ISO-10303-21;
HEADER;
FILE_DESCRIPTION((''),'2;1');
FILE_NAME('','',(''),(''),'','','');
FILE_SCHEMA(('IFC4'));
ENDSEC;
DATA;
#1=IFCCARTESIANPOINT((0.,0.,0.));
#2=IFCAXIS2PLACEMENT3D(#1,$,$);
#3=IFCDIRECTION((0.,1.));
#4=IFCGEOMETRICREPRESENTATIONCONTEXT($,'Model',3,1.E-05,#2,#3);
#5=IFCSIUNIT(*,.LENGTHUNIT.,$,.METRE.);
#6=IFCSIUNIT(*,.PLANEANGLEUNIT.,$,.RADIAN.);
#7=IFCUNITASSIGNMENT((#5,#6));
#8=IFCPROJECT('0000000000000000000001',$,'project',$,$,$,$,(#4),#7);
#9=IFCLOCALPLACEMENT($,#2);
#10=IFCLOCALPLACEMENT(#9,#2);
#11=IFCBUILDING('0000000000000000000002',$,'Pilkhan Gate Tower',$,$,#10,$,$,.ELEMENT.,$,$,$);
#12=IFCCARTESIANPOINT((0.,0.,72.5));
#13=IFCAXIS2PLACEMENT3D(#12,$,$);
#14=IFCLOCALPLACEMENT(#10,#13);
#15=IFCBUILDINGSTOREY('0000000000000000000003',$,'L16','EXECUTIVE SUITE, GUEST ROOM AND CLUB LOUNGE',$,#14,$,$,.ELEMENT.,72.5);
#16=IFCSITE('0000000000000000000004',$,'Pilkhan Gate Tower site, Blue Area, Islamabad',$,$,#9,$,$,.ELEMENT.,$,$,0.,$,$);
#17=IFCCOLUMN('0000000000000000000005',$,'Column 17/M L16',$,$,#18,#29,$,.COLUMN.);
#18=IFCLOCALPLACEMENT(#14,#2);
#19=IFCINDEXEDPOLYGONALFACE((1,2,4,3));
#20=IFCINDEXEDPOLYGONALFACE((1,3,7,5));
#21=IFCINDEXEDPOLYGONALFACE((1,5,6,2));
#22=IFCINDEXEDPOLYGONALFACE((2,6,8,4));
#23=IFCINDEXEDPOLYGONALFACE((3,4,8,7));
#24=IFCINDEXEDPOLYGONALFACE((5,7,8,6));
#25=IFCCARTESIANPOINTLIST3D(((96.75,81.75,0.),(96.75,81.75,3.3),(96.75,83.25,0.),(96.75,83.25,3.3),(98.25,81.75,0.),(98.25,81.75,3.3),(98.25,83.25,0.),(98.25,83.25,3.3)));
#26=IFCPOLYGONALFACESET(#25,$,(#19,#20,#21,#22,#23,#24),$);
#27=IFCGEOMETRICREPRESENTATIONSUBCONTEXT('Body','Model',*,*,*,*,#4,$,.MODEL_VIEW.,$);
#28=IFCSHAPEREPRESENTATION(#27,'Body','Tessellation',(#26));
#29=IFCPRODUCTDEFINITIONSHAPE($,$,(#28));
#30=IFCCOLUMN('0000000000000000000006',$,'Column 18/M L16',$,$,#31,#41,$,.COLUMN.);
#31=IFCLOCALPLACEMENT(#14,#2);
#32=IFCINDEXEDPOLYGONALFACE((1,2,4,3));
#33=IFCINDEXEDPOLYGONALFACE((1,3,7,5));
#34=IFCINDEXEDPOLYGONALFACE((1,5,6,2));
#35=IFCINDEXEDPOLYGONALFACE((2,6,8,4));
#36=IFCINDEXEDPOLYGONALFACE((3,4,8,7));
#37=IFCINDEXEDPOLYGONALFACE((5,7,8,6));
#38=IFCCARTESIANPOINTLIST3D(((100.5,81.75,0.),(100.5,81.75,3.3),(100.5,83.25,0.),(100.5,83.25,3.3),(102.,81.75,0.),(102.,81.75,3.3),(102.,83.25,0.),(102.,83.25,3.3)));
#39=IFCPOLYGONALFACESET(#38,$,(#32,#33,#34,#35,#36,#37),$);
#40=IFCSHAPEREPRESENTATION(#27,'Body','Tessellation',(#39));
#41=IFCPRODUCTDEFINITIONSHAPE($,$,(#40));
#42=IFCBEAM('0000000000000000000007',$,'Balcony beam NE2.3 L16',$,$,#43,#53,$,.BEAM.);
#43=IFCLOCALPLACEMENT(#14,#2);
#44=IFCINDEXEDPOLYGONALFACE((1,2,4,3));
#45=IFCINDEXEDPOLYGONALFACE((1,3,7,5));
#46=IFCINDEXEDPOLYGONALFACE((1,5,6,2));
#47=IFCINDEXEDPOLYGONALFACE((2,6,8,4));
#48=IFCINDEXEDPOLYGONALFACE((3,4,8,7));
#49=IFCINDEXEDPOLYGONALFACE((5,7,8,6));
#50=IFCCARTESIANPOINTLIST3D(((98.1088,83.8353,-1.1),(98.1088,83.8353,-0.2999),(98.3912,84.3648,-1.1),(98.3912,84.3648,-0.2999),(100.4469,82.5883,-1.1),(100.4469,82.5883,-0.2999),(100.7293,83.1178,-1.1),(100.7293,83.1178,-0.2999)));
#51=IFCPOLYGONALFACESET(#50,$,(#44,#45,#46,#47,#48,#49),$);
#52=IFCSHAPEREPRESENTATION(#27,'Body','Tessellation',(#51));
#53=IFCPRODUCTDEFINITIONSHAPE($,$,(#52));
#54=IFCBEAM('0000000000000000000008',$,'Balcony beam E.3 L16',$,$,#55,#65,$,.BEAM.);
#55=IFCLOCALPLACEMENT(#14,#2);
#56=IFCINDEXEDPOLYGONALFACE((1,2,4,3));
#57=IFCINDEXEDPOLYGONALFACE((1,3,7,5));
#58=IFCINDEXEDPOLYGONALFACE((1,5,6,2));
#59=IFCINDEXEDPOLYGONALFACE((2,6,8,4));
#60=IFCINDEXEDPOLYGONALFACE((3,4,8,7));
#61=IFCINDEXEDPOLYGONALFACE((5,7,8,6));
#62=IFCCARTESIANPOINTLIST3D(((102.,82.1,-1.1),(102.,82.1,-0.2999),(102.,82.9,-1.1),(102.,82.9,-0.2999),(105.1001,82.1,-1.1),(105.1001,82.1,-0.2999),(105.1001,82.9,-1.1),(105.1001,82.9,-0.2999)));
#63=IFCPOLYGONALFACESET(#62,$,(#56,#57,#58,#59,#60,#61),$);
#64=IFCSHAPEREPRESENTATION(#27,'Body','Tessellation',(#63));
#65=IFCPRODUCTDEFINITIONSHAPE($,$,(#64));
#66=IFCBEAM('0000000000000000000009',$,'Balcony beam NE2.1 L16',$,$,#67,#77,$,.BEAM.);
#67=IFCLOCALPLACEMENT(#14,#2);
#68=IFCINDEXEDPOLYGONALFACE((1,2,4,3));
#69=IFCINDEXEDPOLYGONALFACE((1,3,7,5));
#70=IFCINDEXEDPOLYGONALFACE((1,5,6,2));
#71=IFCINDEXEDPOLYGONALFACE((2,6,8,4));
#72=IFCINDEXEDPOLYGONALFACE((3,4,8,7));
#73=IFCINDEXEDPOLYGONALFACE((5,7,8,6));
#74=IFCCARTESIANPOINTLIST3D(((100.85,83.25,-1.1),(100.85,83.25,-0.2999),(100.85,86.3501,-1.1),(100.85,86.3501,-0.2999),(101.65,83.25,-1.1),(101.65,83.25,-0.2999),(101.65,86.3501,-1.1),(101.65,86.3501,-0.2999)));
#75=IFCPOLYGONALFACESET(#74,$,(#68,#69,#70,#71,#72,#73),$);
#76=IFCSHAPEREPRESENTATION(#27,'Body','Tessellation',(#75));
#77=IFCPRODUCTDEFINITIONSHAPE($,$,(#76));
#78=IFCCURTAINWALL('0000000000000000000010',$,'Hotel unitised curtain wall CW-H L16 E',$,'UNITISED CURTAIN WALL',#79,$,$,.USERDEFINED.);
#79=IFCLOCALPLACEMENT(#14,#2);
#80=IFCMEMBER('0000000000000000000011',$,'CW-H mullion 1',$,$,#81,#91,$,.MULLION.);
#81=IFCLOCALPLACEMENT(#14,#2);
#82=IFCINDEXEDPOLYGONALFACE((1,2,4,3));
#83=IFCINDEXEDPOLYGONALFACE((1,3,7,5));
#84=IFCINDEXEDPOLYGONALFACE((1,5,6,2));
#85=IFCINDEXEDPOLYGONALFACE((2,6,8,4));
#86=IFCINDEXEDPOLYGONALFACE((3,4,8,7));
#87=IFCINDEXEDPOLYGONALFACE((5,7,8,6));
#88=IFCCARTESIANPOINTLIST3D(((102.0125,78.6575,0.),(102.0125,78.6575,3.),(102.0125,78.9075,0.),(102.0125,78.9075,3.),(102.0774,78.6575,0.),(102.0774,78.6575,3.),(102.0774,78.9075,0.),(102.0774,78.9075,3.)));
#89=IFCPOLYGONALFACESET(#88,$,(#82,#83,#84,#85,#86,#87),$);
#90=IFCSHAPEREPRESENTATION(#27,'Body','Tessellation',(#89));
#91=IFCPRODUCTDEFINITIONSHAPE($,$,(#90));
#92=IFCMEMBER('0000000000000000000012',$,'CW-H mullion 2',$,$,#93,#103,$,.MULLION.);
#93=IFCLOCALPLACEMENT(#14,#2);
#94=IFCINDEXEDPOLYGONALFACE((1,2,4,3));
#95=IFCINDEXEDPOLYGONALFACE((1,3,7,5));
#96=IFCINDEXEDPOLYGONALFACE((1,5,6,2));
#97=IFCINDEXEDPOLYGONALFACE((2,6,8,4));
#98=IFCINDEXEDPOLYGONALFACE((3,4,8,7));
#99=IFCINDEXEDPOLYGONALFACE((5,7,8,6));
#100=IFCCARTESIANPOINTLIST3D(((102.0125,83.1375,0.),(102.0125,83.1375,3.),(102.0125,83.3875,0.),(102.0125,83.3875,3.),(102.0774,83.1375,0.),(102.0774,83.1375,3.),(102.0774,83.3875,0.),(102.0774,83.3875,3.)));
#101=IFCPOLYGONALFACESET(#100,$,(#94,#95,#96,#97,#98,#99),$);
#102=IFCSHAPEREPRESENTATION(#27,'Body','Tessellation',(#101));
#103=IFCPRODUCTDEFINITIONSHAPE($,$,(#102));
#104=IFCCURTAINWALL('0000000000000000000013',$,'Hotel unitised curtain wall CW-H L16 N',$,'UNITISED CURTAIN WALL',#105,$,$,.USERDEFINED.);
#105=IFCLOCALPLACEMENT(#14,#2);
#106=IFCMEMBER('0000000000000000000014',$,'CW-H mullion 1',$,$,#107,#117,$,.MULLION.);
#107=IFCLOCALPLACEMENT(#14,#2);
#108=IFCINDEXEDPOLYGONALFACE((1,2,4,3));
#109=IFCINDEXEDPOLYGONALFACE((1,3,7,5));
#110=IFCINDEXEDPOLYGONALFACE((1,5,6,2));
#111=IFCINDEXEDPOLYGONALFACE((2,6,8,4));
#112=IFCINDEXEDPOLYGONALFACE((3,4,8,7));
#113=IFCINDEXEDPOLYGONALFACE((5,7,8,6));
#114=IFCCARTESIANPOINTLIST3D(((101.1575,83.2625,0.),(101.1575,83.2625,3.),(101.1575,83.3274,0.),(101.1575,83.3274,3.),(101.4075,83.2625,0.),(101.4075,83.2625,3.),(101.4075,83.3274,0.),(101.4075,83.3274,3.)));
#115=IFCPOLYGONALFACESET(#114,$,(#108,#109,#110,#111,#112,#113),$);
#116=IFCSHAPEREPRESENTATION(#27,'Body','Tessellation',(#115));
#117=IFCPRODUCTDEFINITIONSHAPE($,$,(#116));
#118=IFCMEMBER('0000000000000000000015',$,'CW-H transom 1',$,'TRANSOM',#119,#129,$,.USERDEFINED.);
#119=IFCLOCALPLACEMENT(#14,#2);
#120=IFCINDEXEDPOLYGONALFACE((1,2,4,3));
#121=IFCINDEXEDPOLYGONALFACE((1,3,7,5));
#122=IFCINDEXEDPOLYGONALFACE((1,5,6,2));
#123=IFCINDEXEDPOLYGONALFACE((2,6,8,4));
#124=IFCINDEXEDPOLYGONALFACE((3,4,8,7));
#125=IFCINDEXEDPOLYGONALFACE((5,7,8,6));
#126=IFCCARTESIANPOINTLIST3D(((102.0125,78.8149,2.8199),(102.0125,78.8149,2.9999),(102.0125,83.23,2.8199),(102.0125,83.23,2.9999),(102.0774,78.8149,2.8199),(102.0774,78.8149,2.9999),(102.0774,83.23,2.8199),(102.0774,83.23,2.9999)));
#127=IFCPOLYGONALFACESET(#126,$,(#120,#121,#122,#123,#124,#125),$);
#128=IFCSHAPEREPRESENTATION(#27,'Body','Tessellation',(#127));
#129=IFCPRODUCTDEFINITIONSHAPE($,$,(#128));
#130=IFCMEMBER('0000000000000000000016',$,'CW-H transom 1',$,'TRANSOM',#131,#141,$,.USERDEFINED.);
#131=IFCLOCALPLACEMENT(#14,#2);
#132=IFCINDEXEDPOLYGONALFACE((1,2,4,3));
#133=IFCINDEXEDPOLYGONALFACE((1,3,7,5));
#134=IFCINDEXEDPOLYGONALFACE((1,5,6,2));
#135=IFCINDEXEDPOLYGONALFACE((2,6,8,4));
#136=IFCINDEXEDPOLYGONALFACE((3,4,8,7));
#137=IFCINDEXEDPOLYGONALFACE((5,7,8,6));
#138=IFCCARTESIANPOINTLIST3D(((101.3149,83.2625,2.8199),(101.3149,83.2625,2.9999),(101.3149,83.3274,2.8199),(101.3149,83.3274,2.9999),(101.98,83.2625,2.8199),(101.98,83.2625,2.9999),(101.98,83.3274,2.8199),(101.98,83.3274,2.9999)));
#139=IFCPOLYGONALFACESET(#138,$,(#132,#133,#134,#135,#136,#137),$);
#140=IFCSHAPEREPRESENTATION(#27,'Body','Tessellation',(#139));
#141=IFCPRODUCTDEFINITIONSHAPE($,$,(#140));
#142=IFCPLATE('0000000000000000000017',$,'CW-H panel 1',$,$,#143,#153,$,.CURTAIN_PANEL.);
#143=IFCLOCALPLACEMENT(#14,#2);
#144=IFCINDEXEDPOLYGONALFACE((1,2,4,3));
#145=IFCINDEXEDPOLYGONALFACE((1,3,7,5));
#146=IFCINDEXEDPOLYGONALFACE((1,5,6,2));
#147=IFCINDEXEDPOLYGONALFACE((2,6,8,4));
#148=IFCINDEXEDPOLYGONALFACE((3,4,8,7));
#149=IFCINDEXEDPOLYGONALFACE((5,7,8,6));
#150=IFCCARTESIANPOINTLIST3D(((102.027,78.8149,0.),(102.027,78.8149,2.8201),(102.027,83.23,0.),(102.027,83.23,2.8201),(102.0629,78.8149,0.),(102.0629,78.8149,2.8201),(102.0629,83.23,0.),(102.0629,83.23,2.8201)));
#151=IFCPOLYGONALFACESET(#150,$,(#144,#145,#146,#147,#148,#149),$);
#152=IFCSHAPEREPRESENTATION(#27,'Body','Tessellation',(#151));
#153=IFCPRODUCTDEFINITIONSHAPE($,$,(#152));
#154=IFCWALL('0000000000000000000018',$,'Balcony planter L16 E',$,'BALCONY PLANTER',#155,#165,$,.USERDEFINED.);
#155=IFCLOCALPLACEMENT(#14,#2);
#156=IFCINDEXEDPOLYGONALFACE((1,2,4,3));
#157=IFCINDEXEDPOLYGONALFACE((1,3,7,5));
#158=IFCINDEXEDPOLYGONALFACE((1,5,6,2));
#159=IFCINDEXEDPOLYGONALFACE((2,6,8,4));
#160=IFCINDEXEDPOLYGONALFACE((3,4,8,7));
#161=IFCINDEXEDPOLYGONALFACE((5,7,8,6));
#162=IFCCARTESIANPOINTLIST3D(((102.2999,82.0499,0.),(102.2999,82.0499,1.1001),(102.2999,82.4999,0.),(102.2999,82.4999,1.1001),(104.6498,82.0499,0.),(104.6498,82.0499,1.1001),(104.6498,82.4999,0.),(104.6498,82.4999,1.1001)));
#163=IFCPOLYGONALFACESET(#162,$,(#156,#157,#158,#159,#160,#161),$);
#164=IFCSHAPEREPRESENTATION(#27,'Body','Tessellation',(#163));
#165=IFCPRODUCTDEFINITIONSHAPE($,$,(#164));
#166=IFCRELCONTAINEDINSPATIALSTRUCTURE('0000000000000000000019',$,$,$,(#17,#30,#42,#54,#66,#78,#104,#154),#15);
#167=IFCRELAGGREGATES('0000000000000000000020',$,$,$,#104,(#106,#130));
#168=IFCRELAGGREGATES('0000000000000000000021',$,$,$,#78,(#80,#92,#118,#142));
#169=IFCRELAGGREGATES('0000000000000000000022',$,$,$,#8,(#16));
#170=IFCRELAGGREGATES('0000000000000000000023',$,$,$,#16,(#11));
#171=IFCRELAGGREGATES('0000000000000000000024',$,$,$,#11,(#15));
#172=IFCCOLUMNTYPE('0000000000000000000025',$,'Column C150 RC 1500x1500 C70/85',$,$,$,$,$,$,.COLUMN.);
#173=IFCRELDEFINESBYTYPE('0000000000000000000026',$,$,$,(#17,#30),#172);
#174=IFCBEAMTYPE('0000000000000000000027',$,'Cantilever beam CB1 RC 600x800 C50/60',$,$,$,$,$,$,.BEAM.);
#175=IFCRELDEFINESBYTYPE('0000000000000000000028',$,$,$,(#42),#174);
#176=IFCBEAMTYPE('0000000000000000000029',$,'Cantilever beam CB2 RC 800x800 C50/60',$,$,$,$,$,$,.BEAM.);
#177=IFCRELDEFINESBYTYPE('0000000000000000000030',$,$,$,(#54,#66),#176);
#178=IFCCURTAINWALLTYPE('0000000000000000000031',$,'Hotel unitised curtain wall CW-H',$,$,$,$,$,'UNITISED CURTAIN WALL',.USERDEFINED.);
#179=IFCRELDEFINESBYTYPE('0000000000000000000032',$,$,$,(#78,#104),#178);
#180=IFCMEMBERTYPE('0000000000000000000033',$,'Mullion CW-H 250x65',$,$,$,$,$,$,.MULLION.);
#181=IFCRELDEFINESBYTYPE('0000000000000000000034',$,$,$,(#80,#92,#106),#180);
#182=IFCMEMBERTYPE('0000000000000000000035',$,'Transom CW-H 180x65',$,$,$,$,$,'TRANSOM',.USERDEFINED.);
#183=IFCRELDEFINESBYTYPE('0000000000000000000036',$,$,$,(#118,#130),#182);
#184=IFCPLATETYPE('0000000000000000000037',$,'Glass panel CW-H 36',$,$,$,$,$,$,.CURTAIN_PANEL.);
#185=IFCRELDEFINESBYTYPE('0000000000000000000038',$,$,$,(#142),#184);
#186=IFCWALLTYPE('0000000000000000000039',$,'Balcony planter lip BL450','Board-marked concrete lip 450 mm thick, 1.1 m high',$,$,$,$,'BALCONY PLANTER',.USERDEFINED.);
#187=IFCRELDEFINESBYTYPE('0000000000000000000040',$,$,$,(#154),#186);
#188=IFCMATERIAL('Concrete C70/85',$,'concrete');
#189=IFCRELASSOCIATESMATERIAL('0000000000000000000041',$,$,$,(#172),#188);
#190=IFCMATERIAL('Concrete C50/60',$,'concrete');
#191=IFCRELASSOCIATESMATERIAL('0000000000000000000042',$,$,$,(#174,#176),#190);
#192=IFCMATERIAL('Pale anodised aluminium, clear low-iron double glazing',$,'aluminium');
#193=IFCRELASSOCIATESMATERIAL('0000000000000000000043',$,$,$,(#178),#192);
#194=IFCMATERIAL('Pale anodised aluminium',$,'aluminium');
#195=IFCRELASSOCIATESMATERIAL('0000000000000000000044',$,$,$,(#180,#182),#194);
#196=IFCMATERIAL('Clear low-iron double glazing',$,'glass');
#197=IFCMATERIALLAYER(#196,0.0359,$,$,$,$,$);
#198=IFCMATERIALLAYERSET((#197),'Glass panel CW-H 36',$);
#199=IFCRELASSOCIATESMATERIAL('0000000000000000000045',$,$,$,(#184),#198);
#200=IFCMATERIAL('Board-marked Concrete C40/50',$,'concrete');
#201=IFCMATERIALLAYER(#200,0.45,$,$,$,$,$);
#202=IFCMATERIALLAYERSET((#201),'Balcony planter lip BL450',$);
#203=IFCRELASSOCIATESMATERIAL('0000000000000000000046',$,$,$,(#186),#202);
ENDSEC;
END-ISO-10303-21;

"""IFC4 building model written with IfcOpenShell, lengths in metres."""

from ifc_helpers import new_model, si_unit, direction, frame, frame_2d, origin, origin_2d, place, context, subcontext, project, spatial, rectangle, extrude, material, layer, layer_set, material_profile, profile_set, type_object, element, aggregate, save


model = new_model("IFC4")

# Units and contexts
model_context = context("Model", 3, precision=1e-05, world=origin(), true_north=direction((0.0, 1.0)))
body_context = subcontext(model_context, "Body", "Model", "MODEL_VIEW")
ifc_project = project(units=[si_unit("LENGTHUNIT", "METRE"), si_unit("PLANEANGLEUNIT", "RADIAN")], contexts=[model_context])

# Site, building, storey
site_placement = place(None, origin())
site = spatial("IfcSite", under=ifc_project, at=site_placement, Name="Pilkhan Gate Tower site, Blue Area, Islamabad", CompositionType="ELEMENT", RefElevation=0.0)
building_placement = place(site_placement, origin())
building = spatial("IfcBuilding", under=site, at=building_placement, Name="Pilkhan Gate Tower", CompositionType="ELEMENT")
storey_placement = place(building_placement, frame((0.0, 0.0, 72.5)))
storey = spatial("IfcBuildingStorey", under=building, at=storey_placement, Name="L16", Description="EXECUTIVE SUITE, GUEST ROOM AND CLUB LOUNGE", CompositionType="ELEMENT", Elevation=72.5)

# Columns
ifc_material_1 = material(Name="Concrete C70/85", Category="concrete")
ifc_material_profile_1 = material_profile(ifc_material_1, rectangle(XDim=1.5, YDim=1.5, at=origin_2d()), Name="RC 1500x1500")
ifc_profile_set_1 = profile_set([ifc_material_profile_1], Name="Concrete C70/85")
column_type = type_object("IfcColumnType", Name="Column C150 RC 1500x1500 C70/85", PredefinedType="COLUMN", material=ifc_profile_set_1)
for number, where, z_axis, x_axis, name in (
    (1, (97.5, 82.5, 0.0), (0.0, 0.0, 1.0), (1.0, 0.0, 0.0), "Column 17/M L16"),
    (2, (101.25, 82.5, 0.0), (0.0, 0.0, 1.0), (1.0, 0.0, 0.0), "Column 18/M L16"),
):
    element("IfcColumn", number, at=place(storey_placement, frame(where, z_axis=z_axis, x_axis=x_axis)), inside=storey, type_object=column_type, Name=name, PredefinedType="COLUMN", context=body_context, shape_type="SweptSolid", body=[
        extrude(rectangle(XDim=1.5, YDim=1.5, at=origin_2d()), origin(), (0.0, 0.0, 1.0), 3.3),
    ])

# Beams
ifc_material_2 = material(Name="Concrete C50/60", Category="concrete")
ifc_material_profile_2 = material_profile(ifc_material_2, rectangle(XDim=0.6001, YDim=0.8, at=origin_2d()), Name="RC 600x800")
ifc_profile_set_2 = profile_set([ifc_material_profile_2], Name="Concrete C50/60")
beam_type_1 = type_object("IfcBeamType", Name="Cantilever beam CB1 RC 600x800 C50/60", PredefinedType="BEAM", material=ifc_profile_set_2)
beam_placement = place(storey_placement, frame((100.5881, 82.853, -0.7), z_axis=(-0.882343, 0.470607, 0.0), x_axis=(-0.470607, -0.882343, 0.0)))
element("IfcBeam", 3, at=beam_placement, inside=storey, type_object=beam_type_1, Name="Balcony beam NE2.3 L16", PredefinedType="BEAM", context=body_context, shape_type="SweptSolid", body=[
    extrude(rectangle(XDim=0.6001, YDim=0.8, at=origin_2d()), origin(), (0.0, 0.0, 1.0), 2.6499),
])
ifc_material_profile_3 = material_profile(ifc_material_2, rectangle(XDim=0.8, YDim=0.8, at=origin_2d()), Name="RC 800x800")
ifc_profile_set_3 = profile_set([ifc_material_profile_3], Name="Concrete C50/60")
beam_type_2 = type_object("IfcBeamType", Name="Cantilever beam CB2 RC 800x800 C50/60", PredefinedType="BEAM", material=ifc_profile_set_3)
for number, where, z_axis, x_axis, name in (
    (4, (102.0, 82.5, -0.7), (1.0, 0.0, 0.0), (0.0, 1.0, 0.0), "Balcony beam E.3 L16"),
    (5, (101.25, 83.25, -0.7), (0.0, 1.0, 0.0), (-1.0, 0.0, 0.0), "Balcony beam NE2.1 L16"),
):
    element("IfcBeam", number, at=place(storey_placement, frame(where, z_axis=z_axis, x_axis=x_axis)), inside=storey, type_object=beam_type_2, Name=name, PredefinedType="BEAM", context=body_context, shape_type="SweptSolid", body=[
        extrude(rectangle(XDim=0.8, YDim=0.8, at=origin_2d()), origin(), (0.0, 0.0, 1.0), 3.1001),
    ])

# Curtain wall, members
ifc_material_3 = material(Name="Pale anodised aluminium, clear low-iron double glazing", Category="aluminium")
curtain_wall_type = type_object("IfcCurtainWallType", Name="Hotel unitised curtain wall CW-H", ElementType="UNITISED CURTAIN WALL", PredefinedType="USERDEFINED", material=ifc_material_3)
curtain_wall_1_placement = place(storey_placement, origin())
curtain_wall_1 = element("IfcCurtainWall", 6, at=curtain_wall_1_placement, inside=storey, type_object=curtain_wall_type, Name="Hotel unitised curtain wall CW-H L16 E", ObjectType="UNITISED CURTAIN WALL", PredefinedType="USERDEFINED")
ifc_material_4 = material(Name="Pale anodised aluminium", Category="aluminium")
ifc_material_profile_4 = material_profile(ifc_material_4, rectangle(XDim=0.0649, YDim=0.25, at=origin_2d()), Name="Mullion 250x65")
ifc_profile_set_4 = profile_set([ifc_material_profile_4], Name="Pale anodised aluminium")
member_type_1 = type_object("IfcMemberType", Name="Mullion CW-H 250x65", PredefinedType="MULLION", material=ifc_profile_set_4)
member_1_placement = place(storey_placement, frame((102.0449, 78.7825, 0.0), z_axis=(0.0, 0.0, 1.0), x_axis=(-1.0, 0.0, 0.0)))
member_1 = element("IfcMember", 7, at=member_1_placement, type_object=member_type_1, Name="CW-H mullion 1", PredefinedType="MULLION", context=body_context, shape_type="SweptSolid", body=[
    extrude(rectangle(XDim=0.0649, YDim=0.25, at=origin_2d()), origin(), (0.0, 0.0, 1.0), 3.0),
])
member_2_placement = place(storey_placement, frame((102.0449, 83.2625, 0.0), z_axis=(0.0, 0.0, 1.0), x_axis=(-1.0, 0.0, 0.0)))
member_2 = element("IfcMember", 8, at=member_2_placement, type_object=member_type_1, Name="CW-H mullion 2", PredefinedType="MULLION", context=body_context, shape_type="SweptSolid", body=[
    extrude(rectangle(XDim=0.0649, YDim=0.25, at=origin_2d()), origin(), (0.0, 0.0, 1.0), 3.0),
])

# Curtain wall, member
curtain_wall_2_placement = place(storey_placement, origin())
curtain_wall_2 = element("IfcCurtainWall", 9, at=curtain_wall_2_placement, inside=storey, type_object=curtain_wall_type, Name="Hotel unitised curtain wall CW-H L16 N", ObjectType="UNITISED CURTAIN WALL", PredefinedType="USERDEFINED")
member_3_placement = place(storey_placement, frame((101.2825, 83.2949, 0.0), z_axis=(0.0, 0.0, 1.0), x_axis=(0.0, 1.0, 0.0)))
member_3 = element("IfcMember", 10, at=member_3_placement, type_object=member_type_1, Name="CW-H mullion 1", PredefinedType="MULLION", context=body_context, shape_type="SweptSolid", body=[
    extrude(rectangle(XDim=0.0649, YDim=0.25, at=origin_2d()), origin(), (0.0, 0.0, 1.0), 3.0),
])

# Members
ifc_material_profile_5 = material_profile(ifc_material_4, rectangle(XDim=0.0649, YDim=0.1799, at=origin_2d()), Name="Transom 180x65")
ifc_profile_set_5 = profile_set([ifc_material_profile_5], Name="Pale anodised aluminium")
member_type_2 = type_object("IfcMemberType", Name="Transom CW-H 180x65", ElementType="TRANSOM", PredefinedType="USERDEFINED", material=ifc_profile_set_5)
member_4_placement = place(storey_placement, frame((102.0449, 78.8149, 2.9099), z_axis=(0.0, 1.0, 0.0), x_axis=(-1.0, 0.0, 0.0)))
member_4 = element("IfcMember", 11, at=member_4_placement, type_object=member_type_2, Name="CW-H transom 1", ObjectType="TRANSOM", PredefinedType="USERDEFINED", context=body_context, shape_type="SweptSolid", body=[
    extrude(rectangle(XDim=0.0649, YDim=0.1799, at=origin_2d()), origin(), (0.0, 0.0, 1.0), 4.415),
])
member_5_placement = place(storey_placement, frame((101.3149, 83.2949, 2.9099), z_axis=(1.0, 0.0, 0.0), x_axis=(0.0, 1.0, 0.0)))
member_5 = element("IfcMember", 12, at=member_5_placement, type_object=member_type_2, Name="CW-H transom 1", ObjectType="TRANSOM", PredefinedType="USERDEFINED", context=body_context, shape_type="SweptSolid", body=[
    extrude(rectangle(XDim=0.0649, YDim=0.1799, at=origin_2d()), origin(), (0.0, 0.0, 1.0), 0.665),
])
aggregate(curtain_wall_2, [member_3, member_5])

# Plate
ifc_material_5 = material(Name="Clear low-iron double glazing", Category="glass")
ifc_layer_1 = layer(ifc_material_5, 0.0359)
ifc_layer_set_1 = layer_set([ifc_layer_1], Name="Glass panel CW-H 36")
plate_type = type_object("IfcPlateType", Name="Glass panel CW-H 36", PredefinedType="CURTAIN_PANEL", material=ifc_layer_set_1)
plate_placement = place(storey_placement, frame((102.0449, 81.0225, 0.0), z_axis=(0.0, 0.0, 1.0), x_axis=(0.0, 1.0, 0.0)))
plate = element("IfcPlate", 13, at=plate_placement, type_object=plate_type, Name="CW-H panel 1", PredefinedType="CURTAIN_PANEL", context=body_context, shape_type="SweptSolid", body=[
    extrude(rectangle(XDim=4.415, YDim=0.0359, at=origin_2d()), origin(), (0.0, 0.0, 1.0), 2.8201),
])
aggregate(curtain_wall_1, [member_1, member_2, member_4, plate])

# Wall
ifc_material_6 = material(Name="Board-marked Concrete C40/50", Category="concrete")
ifc_layer_2 = layer(ifc_material_6, 0.45)
ifc_layer_set_2 = layer_set([ifc_layer_2], Name="Balcony planter lip BL450")
wall_type_1 = type_object("IfcWallType", Name="Balcony planter lip BL450", Description="Board-marked concrete lip 450 mm thick, 1.1 m high", ElementType="BALCONY PLANTER", PredefinedType="USERDEFINED", material=ifc_layer_set_2)
wall_1_placement = place(storey_placement, frame((102.3, 82.2749, 0.0), z_axis=(0.0, 0.0, 1.0), x_axis=(1.0, 0.0, 0.0)))
element("IfcWall", 14, at=wall_1_placement, inside=storey, type_object=wall_type_1, Name="Balcony planter L16 E", ObjectType="BALCONY PLANTER", PredefinedType="USERDEFINED", context=body_context, shape_type="SweptSolid", body=[
    extrude(rectangle(XDim=2.3499, YDim=0.45, at=frame_2d((1.1748, 0.0))), origin(), (0.0, 0.0, 1.0), 1.1001),
])

save(model, "model.ifc")
